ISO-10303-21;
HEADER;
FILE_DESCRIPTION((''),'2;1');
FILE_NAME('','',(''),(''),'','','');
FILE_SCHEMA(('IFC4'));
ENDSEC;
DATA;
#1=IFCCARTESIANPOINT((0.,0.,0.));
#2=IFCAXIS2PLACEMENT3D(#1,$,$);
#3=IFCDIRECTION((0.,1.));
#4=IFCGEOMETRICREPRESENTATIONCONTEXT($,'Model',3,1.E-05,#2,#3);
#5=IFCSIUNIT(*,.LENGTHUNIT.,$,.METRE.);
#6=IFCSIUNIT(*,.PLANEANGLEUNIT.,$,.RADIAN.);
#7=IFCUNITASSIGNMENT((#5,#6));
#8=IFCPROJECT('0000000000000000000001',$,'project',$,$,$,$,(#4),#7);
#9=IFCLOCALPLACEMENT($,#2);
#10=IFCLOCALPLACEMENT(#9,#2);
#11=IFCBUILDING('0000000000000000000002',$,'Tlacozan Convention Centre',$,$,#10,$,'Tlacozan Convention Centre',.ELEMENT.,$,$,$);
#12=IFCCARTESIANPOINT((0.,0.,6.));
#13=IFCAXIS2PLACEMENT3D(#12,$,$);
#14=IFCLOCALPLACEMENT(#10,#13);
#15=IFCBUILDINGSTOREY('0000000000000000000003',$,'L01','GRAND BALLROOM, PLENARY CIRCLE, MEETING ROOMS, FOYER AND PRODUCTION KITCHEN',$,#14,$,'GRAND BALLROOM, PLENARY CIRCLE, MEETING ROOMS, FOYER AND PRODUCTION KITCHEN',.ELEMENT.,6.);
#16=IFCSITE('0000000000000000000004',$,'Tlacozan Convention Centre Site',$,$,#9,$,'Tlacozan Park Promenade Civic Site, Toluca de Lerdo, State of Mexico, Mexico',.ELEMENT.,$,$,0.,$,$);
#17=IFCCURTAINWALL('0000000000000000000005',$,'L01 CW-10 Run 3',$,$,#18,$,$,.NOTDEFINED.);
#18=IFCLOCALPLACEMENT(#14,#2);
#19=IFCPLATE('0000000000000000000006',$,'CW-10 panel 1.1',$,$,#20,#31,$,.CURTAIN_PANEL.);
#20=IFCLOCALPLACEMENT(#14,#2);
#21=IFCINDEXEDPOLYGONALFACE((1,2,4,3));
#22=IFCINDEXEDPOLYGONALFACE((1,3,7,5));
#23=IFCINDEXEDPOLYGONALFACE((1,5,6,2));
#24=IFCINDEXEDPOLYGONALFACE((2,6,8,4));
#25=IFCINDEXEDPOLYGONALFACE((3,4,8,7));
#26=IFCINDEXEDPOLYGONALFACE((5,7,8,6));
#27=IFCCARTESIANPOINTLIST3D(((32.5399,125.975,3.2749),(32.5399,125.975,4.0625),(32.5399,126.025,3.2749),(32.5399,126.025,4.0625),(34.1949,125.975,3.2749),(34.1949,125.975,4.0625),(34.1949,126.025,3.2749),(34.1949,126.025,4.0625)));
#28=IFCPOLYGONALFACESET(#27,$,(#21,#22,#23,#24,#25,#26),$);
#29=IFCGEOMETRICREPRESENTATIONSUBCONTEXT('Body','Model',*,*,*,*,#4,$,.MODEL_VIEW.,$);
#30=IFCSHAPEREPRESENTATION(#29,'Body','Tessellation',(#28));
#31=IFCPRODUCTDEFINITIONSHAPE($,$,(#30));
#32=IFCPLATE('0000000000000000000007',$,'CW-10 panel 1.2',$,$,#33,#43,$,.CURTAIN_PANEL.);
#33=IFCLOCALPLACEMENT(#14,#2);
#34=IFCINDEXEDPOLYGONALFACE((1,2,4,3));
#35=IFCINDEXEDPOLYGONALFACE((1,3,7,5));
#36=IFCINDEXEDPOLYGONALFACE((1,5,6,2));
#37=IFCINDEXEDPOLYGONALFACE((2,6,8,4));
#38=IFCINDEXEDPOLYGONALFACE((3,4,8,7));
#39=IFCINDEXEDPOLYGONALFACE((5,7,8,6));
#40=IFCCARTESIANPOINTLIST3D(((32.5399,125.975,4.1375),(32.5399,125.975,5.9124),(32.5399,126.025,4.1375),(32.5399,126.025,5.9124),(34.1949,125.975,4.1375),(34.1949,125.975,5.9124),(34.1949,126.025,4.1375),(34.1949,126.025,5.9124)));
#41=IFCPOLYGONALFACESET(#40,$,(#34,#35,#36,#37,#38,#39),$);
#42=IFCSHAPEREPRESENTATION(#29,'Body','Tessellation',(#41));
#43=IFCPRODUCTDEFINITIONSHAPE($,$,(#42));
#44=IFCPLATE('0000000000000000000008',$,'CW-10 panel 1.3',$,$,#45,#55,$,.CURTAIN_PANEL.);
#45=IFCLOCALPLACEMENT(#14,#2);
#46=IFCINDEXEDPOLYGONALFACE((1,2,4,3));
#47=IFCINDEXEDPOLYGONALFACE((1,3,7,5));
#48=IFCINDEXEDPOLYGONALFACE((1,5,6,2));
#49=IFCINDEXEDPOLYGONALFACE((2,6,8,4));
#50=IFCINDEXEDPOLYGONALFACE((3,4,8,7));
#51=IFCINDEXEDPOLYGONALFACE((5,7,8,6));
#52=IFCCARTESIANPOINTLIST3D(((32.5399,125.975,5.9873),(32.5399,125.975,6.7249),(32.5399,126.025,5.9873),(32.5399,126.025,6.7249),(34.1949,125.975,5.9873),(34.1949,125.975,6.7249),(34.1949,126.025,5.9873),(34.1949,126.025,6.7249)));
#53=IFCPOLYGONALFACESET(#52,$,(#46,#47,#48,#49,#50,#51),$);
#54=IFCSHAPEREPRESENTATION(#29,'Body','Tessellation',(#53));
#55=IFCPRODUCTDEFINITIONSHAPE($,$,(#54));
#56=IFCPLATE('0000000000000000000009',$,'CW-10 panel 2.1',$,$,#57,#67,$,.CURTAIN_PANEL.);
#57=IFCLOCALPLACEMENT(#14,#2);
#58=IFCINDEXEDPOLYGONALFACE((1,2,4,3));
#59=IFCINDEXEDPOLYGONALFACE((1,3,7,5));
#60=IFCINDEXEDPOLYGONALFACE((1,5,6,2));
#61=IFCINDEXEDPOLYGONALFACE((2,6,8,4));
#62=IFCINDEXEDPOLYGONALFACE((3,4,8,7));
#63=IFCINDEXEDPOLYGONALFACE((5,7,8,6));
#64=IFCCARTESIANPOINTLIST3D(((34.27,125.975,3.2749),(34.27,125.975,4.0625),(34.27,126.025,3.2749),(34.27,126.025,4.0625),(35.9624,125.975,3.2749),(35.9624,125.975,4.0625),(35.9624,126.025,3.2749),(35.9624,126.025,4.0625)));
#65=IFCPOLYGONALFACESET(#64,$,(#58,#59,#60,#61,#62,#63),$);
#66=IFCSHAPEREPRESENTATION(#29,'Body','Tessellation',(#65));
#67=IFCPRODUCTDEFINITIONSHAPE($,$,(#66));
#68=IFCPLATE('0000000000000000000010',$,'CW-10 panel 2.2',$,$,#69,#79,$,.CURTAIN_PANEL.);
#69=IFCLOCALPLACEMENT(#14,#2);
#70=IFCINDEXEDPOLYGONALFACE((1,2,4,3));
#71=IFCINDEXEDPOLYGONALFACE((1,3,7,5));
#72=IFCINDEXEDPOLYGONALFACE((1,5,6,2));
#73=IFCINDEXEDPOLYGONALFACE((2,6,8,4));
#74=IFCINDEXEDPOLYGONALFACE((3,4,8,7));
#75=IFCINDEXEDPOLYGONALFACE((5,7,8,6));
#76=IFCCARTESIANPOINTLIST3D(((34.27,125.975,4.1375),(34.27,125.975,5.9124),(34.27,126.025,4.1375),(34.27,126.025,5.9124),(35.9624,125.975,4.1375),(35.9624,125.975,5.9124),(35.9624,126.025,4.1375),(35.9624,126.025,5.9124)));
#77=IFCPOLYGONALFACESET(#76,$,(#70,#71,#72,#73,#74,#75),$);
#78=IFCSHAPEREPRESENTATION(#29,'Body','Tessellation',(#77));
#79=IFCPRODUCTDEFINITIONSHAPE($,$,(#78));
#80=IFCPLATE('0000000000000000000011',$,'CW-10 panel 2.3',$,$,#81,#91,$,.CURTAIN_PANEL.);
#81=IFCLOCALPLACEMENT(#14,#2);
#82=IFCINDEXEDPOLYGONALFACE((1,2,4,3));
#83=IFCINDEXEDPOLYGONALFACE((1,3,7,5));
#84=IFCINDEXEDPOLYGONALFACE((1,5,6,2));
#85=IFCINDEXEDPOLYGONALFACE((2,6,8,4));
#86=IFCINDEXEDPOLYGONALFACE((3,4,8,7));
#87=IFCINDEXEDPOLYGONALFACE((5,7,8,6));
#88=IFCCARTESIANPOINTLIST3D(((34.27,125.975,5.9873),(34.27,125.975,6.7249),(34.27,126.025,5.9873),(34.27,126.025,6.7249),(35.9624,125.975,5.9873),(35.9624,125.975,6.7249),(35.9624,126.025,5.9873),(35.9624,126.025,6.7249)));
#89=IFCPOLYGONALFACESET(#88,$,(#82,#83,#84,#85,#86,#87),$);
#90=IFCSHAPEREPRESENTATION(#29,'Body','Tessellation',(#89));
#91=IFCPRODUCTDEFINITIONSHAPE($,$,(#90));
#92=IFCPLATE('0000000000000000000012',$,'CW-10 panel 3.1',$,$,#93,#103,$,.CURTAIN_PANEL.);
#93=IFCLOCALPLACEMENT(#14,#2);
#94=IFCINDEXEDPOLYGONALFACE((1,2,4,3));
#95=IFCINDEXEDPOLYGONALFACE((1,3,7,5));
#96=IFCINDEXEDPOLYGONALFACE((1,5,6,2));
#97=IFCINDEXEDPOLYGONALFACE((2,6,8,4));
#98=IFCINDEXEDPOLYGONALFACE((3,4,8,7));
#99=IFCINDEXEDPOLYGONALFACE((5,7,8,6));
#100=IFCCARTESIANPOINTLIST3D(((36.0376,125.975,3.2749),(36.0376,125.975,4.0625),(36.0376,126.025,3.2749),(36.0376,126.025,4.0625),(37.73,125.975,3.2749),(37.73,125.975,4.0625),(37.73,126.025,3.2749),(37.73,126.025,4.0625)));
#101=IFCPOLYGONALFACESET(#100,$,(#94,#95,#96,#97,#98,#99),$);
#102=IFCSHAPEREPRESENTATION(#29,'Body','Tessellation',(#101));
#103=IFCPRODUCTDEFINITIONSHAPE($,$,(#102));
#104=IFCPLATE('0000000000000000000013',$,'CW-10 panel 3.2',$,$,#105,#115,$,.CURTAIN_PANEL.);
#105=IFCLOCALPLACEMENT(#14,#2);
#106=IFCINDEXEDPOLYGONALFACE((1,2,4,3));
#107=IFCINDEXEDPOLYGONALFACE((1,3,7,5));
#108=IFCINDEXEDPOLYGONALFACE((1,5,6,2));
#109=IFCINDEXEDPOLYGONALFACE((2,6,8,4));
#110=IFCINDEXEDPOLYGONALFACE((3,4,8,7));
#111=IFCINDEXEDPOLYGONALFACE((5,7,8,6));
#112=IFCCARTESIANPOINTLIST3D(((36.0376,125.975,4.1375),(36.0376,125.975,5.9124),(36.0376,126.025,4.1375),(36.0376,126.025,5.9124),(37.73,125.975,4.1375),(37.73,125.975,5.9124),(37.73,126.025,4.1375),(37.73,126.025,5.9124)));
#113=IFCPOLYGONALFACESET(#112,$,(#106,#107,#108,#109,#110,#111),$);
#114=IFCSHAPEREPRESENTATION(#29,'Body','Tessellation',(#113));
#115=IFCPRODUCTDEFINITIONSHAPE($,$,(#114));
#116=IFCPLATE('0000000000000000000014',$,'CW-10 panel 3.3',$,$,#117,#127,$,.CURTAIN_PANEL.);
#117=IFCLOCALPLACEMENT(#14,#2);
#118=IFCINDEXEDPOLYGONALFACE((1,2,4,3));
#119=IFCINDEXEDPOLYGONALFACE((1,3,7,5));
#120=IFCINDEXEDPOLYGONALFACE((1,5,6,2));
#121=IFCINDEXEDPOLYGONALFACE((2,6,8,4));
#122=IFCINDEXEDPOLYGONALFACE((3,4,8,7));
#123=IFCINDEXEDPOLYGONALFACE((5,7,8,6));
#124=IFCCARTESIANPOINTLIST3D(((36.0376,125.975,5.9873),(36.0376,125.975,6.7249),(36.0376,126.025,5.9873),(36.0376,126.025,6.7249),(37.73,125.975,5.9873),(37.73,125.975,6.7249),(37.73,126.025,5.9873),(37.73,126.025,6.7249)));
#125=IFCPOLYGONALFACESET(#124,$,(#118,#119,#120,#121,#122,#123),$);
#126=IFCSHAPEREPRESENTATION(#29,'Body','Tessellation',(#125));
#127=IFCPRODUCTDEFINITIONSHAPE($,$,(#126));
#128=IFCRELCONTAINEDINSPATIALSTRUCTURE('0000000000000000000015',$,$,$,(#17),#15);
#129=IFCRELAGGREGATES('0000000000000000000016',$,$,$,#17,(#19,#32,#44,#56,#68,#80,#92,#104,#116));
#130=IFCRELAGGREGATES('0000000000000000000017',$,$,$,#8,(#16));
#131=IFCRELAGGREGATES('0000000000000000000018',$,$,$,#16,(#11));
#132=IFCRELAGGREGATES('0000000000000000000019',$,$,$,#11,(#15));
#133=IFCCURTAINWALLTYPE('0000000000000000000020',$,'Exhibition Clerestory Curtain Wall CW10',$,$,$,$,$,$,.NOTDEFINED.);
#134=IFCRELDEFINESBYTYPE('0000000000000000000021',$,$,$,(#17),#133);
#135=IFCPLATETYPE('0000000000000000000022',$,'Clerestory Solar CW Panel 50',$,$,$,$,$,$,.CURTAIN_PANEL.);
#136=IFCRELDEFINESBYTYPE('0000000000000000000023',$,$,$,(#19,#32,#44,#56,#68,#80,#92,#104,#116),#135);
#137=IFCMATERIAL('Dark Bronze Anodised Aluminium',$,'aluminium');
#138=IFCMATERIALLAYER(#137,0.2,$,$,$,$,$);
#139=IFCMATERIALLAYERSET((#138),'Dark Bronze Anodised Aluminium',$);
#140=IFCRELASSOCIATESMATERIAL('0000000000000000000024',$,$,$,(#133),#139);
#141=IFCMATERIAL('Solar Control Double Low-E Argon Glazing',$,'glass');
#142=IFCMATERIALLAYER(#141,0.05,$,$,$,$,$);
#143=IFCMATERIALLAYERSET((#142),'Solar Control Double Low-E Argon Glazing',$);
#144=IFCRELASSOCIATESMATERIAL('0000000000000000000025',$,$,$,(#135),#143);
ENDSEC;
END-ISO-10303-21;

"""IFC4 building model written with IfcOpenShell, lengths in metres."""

from ifc_helpers import new_model, si_unit, direction, frame, origin, origin_2d, place, context, subcontext, project, spatial, rectangle, extrude, material, layer, layer_set, type_object, element, aggregate, save


model = new_model("IFC4")

# Units and contexts
model_context = context("Model", 3, precision=1e-05, world=origin(), true_north=direction((0.0, 1.0)))
body_context = subcontext(model_context, "Body", "Model", "MODEL_VIEW")
ifc_project = project(units=[si_unit("LENGTHUNIT", "METRE"), si_unit("PLANEANGLEUNIT", "RADIAN")], contexts=[model_context])

# Site, building, storey
site_placement = place(None, origin())
site = spatial("IfcSite", under=ifc_project, at=site_placement, Name="Tlacozan Convention Centre Site", LongName="Tlacozan Park Promenade Civic Site, Toluca de Lerdo, State of Mexico, Mexico", CompositionType="ELEMENT", RefElevation=0.0)
building_placement = place(site_placement, origin())
building = spatial("IfcBuilding", under=site, at=building_placement, Name="Tlacozan Convention Centre", LongName="Tlacozan Convention Centre", CompositionType="ELEMENT")
storey_placement = place(building_placement, frame((0.0, 0.0, 6.0)))
storey = spatial("IfcBuildingStorey", under=building, at=storey_placement, Name="L01", Description="GRAND BALLROOM, PLENARY CIRCLE, MEETING ROOMS, FOYER AND PRODUCTION KITCHEN", LongName="GRAND BALLROOM, PLENARY CIRCLE, MEETING ROOMS, FOYER AND PRODUCTION KITCHEN", CompositionType="ELEMENT", Elevation=6.0)

# Curtain wall, plates
ifc_material_1 = material(Name="Dark Bronze Anodised Aluminium", Category="aluminium")
ifc_layer_1 = layer(ifc_material_1, 0.2)
ifc_layer_set_1 = layer_set([ifc_layer_1], Name="Dark Bronze Anodised Aluminium")
curtain_wall_type = type_object("IfcCurtainWallType", Name="Exhibition Clerestory Curtain Wall CW10", PredefinedType="NOTDEFINED", material=ifc_layer_set_1)
curtain_wall_placement = place(storey_placement, origin())
curtain_wall = element("IfcCurtainWall", 1, at=curtain_wall_placement, inside=storey, type_object=curtain_wall_type, Name="L01 CW-10 Run 3", PredefinedType="NOTDEFINED")
ifc_material_2 = material(Name="Solar Control Double Low-E Argon Glazing", Category="glass")
ifc_layer_2 = layer(ifc_material_2, 0.05)
ifc_layer_set_2 = layer_set([ifc_layer_2], Name="Solar Control Double Low-E Argon Glazing")
plate_type = type_object("IfcPlateType", Name="Clerestory Solar CW Panel 50", PredefinedType="CURTAIN_PANEL", material=ifc_layer_set_2)
plate_1_placement = place(storey_placement, frame((33.3674, 126.0, 3.2749), z_axis=(0.0, 0.0, 1.0), x_axis=(1.0, 0.0, 0.0)))
plate_1 = element("IfcPlate", 2, at=plate_1_placement, type_object=plate_type, Name="CW-10 panel 1.1", PredefinedType="CURTAIN_PANEL", context=body_context, shape_type="SweptSolid", body=[
    extrude(rectangle(XDim=1.655, YDim=0.05, at=origin_2d()), origin(), (0.0, 0.0, 1.0), 0.7876),
])
plate_2_placement = place(storey_placement, frame((33.3674, 126.0, 4.1375), z_axis=(0.0, 0.0, 1.0), x_axis=(1.0, 0.0, 0.0)))
plate_2 = element("IfcPlate", 3, at=plate_2_placement, type_object=plate_type, Name="CW-10 panel 1.2", PredefinedType="CURTAIN_PANEL", context=body_context, shape_type="SweptSolid", body=[
    extrude(rectangle(XDim=1.655, YDim=0.05, at=origin_2d()), origin(), (0.0, 0.0, 1.0), 1.7749),
])
plate_3_placement = place(storey_placement, frame((33.3674, 126.0, 5.9873), z_axis=(0.0, 0.0, 1.0), x_axis=(1.0, 0.0, 0.0)))
plate_3 = element("IfcPlate", 4, at=plate_3_placement, type_object=plate_type, Name="CW-10 panel 1.3", PredefinedType="CURTAIN_PANEL", context=body_context, shape_type="SweptSolid", body=[
    extrude(rectangle(XDim=1.655, YDim=0.05, at=origin_2d()), origin(), (0.0, 0.0, 1.0), 0.7375),
])
plate_4_placement = place(storey_placement, frame((35.1162, 126.0, 3.2749), z_axis=(0.0, 0.0, 1.0), x_axis=(1.0, 0.0, 0.0)))
plate_4 = element("IfcPlate", 5, at=plate_4_placement, type_object=plate_type, Name="CW-10 panel 2.1", PredefinedType="CURTAIN_PANEL", context=body_context, shape_type="SweptSolid", body=[
    extrude(rectangle(XDim=1.6924, YDim=0.05, at=origin_2d()), origin(), (0.0, 0.0, 1.0), 0.7876),
])
plate_5_placement = place(storey_placement, frame((35.1162, 126.0, 4.1375), z_axis=(0.0, 0.0, 1.0), x_axis=(1.0, 0.0, 0.0)))
plate_5 = element("IfcPlate", 6, at=plate_5_placement, type_object=plate_type, Name="CW-10 panel 2.2", PredefinedType="CURTAIN_PANEL", context=body_context, shape_type="SweptSolid", body=[
    extrude(rectangle(XDim=1.6924, YDim=0.05, at=origin_2d()), origin(), (0.0, 0.0, 1.0), 1.7749),
])
plate_6_placement = place(storey_placement, frame((35.1162, 126.0, 5.9873), z_axis=(0.0, 0.0, 1.0), x_axis=(1.0, 0.0, 0.0)))
plate_6 = element("IfcPlate", 7, at=plate_6_placement, type_object=plate_type, Name="CW-10 panel 2.3", PredefinedType="CURTAIN_PANEL", context=body_context, shape_type="SweptSolid", body=[
    extrude(rectangle(XDim=1.6924, YDim=0.05, at=origin_2d()), origin(), (0.0, 0.0, 1.0), 0.7375),
])
plate_7_placement = place(storey_placement, frame((36.8838, 126.0, 3.2749), z_axis=(0.0, 0.0, 1.0), x_axis=(1.0, 0.0, 0.0)))
plate_7 = element("IfcPlate", 8, at=plate_7_placement, type_object=plate_type, Name="CW-10 panel 3.1", PredefinedType="CURTAIN_PANEL", context=body_context, shape_type="SweptSolid", body=[
    extrude(rectangle(XDim=1.6924, YDim=0.05, at=origin_2d()), origin(), (0.0, 0.0, 1.0), 0.7876),
])
plate_8_placement = place(storey_placement, frame((36.8838, 126.0, 4.1375), z_axis=(0.0, 0.0, 1.0), x_axis=(1.0, 0.0, 0.0)))
plate_8 = element("IfcPlate", 9, at=plate_8_placement, type_object=plate_type, Name="CW-10 panel 3.2", PredefinedType="CURTAIN_PANEL", context=body_context, shape_type="SweptSolid", body=[
    extrude(rectangle(XDim=1.6924, YDim=0.05, at=origin_2d()), origin(), (0.0, 0.0, 1.0), 1.7749),
])
plate_9_placement = place(storey_placement, frame((36.8838, 126.0, 5.9873), z_axis=(0.0, 0.0, 1.0), x_axis=(1.0, 0.0, 0.0)))
plate_9 = element("IfcPlate", 10, at=plate_9_placement, type_object=plate_type, Name="CW-10 panel 3.3", PredefinedType="CURTAIN_PANEL", context=body_context, shape_type="SweptSolid", body=[
    extrude(rectangle(XDim=1.6924, YDim=0.05, at=origin_2d()), origin(), (0.0, 0.0, 1.0), 0.7375),
])
aggregate(curtain_wall, [plate_1, plate_2, plate_3, plate_4, plate_5, plate_6, plate_7, plate_8, plate_9])

save(model, "model.ifc")
